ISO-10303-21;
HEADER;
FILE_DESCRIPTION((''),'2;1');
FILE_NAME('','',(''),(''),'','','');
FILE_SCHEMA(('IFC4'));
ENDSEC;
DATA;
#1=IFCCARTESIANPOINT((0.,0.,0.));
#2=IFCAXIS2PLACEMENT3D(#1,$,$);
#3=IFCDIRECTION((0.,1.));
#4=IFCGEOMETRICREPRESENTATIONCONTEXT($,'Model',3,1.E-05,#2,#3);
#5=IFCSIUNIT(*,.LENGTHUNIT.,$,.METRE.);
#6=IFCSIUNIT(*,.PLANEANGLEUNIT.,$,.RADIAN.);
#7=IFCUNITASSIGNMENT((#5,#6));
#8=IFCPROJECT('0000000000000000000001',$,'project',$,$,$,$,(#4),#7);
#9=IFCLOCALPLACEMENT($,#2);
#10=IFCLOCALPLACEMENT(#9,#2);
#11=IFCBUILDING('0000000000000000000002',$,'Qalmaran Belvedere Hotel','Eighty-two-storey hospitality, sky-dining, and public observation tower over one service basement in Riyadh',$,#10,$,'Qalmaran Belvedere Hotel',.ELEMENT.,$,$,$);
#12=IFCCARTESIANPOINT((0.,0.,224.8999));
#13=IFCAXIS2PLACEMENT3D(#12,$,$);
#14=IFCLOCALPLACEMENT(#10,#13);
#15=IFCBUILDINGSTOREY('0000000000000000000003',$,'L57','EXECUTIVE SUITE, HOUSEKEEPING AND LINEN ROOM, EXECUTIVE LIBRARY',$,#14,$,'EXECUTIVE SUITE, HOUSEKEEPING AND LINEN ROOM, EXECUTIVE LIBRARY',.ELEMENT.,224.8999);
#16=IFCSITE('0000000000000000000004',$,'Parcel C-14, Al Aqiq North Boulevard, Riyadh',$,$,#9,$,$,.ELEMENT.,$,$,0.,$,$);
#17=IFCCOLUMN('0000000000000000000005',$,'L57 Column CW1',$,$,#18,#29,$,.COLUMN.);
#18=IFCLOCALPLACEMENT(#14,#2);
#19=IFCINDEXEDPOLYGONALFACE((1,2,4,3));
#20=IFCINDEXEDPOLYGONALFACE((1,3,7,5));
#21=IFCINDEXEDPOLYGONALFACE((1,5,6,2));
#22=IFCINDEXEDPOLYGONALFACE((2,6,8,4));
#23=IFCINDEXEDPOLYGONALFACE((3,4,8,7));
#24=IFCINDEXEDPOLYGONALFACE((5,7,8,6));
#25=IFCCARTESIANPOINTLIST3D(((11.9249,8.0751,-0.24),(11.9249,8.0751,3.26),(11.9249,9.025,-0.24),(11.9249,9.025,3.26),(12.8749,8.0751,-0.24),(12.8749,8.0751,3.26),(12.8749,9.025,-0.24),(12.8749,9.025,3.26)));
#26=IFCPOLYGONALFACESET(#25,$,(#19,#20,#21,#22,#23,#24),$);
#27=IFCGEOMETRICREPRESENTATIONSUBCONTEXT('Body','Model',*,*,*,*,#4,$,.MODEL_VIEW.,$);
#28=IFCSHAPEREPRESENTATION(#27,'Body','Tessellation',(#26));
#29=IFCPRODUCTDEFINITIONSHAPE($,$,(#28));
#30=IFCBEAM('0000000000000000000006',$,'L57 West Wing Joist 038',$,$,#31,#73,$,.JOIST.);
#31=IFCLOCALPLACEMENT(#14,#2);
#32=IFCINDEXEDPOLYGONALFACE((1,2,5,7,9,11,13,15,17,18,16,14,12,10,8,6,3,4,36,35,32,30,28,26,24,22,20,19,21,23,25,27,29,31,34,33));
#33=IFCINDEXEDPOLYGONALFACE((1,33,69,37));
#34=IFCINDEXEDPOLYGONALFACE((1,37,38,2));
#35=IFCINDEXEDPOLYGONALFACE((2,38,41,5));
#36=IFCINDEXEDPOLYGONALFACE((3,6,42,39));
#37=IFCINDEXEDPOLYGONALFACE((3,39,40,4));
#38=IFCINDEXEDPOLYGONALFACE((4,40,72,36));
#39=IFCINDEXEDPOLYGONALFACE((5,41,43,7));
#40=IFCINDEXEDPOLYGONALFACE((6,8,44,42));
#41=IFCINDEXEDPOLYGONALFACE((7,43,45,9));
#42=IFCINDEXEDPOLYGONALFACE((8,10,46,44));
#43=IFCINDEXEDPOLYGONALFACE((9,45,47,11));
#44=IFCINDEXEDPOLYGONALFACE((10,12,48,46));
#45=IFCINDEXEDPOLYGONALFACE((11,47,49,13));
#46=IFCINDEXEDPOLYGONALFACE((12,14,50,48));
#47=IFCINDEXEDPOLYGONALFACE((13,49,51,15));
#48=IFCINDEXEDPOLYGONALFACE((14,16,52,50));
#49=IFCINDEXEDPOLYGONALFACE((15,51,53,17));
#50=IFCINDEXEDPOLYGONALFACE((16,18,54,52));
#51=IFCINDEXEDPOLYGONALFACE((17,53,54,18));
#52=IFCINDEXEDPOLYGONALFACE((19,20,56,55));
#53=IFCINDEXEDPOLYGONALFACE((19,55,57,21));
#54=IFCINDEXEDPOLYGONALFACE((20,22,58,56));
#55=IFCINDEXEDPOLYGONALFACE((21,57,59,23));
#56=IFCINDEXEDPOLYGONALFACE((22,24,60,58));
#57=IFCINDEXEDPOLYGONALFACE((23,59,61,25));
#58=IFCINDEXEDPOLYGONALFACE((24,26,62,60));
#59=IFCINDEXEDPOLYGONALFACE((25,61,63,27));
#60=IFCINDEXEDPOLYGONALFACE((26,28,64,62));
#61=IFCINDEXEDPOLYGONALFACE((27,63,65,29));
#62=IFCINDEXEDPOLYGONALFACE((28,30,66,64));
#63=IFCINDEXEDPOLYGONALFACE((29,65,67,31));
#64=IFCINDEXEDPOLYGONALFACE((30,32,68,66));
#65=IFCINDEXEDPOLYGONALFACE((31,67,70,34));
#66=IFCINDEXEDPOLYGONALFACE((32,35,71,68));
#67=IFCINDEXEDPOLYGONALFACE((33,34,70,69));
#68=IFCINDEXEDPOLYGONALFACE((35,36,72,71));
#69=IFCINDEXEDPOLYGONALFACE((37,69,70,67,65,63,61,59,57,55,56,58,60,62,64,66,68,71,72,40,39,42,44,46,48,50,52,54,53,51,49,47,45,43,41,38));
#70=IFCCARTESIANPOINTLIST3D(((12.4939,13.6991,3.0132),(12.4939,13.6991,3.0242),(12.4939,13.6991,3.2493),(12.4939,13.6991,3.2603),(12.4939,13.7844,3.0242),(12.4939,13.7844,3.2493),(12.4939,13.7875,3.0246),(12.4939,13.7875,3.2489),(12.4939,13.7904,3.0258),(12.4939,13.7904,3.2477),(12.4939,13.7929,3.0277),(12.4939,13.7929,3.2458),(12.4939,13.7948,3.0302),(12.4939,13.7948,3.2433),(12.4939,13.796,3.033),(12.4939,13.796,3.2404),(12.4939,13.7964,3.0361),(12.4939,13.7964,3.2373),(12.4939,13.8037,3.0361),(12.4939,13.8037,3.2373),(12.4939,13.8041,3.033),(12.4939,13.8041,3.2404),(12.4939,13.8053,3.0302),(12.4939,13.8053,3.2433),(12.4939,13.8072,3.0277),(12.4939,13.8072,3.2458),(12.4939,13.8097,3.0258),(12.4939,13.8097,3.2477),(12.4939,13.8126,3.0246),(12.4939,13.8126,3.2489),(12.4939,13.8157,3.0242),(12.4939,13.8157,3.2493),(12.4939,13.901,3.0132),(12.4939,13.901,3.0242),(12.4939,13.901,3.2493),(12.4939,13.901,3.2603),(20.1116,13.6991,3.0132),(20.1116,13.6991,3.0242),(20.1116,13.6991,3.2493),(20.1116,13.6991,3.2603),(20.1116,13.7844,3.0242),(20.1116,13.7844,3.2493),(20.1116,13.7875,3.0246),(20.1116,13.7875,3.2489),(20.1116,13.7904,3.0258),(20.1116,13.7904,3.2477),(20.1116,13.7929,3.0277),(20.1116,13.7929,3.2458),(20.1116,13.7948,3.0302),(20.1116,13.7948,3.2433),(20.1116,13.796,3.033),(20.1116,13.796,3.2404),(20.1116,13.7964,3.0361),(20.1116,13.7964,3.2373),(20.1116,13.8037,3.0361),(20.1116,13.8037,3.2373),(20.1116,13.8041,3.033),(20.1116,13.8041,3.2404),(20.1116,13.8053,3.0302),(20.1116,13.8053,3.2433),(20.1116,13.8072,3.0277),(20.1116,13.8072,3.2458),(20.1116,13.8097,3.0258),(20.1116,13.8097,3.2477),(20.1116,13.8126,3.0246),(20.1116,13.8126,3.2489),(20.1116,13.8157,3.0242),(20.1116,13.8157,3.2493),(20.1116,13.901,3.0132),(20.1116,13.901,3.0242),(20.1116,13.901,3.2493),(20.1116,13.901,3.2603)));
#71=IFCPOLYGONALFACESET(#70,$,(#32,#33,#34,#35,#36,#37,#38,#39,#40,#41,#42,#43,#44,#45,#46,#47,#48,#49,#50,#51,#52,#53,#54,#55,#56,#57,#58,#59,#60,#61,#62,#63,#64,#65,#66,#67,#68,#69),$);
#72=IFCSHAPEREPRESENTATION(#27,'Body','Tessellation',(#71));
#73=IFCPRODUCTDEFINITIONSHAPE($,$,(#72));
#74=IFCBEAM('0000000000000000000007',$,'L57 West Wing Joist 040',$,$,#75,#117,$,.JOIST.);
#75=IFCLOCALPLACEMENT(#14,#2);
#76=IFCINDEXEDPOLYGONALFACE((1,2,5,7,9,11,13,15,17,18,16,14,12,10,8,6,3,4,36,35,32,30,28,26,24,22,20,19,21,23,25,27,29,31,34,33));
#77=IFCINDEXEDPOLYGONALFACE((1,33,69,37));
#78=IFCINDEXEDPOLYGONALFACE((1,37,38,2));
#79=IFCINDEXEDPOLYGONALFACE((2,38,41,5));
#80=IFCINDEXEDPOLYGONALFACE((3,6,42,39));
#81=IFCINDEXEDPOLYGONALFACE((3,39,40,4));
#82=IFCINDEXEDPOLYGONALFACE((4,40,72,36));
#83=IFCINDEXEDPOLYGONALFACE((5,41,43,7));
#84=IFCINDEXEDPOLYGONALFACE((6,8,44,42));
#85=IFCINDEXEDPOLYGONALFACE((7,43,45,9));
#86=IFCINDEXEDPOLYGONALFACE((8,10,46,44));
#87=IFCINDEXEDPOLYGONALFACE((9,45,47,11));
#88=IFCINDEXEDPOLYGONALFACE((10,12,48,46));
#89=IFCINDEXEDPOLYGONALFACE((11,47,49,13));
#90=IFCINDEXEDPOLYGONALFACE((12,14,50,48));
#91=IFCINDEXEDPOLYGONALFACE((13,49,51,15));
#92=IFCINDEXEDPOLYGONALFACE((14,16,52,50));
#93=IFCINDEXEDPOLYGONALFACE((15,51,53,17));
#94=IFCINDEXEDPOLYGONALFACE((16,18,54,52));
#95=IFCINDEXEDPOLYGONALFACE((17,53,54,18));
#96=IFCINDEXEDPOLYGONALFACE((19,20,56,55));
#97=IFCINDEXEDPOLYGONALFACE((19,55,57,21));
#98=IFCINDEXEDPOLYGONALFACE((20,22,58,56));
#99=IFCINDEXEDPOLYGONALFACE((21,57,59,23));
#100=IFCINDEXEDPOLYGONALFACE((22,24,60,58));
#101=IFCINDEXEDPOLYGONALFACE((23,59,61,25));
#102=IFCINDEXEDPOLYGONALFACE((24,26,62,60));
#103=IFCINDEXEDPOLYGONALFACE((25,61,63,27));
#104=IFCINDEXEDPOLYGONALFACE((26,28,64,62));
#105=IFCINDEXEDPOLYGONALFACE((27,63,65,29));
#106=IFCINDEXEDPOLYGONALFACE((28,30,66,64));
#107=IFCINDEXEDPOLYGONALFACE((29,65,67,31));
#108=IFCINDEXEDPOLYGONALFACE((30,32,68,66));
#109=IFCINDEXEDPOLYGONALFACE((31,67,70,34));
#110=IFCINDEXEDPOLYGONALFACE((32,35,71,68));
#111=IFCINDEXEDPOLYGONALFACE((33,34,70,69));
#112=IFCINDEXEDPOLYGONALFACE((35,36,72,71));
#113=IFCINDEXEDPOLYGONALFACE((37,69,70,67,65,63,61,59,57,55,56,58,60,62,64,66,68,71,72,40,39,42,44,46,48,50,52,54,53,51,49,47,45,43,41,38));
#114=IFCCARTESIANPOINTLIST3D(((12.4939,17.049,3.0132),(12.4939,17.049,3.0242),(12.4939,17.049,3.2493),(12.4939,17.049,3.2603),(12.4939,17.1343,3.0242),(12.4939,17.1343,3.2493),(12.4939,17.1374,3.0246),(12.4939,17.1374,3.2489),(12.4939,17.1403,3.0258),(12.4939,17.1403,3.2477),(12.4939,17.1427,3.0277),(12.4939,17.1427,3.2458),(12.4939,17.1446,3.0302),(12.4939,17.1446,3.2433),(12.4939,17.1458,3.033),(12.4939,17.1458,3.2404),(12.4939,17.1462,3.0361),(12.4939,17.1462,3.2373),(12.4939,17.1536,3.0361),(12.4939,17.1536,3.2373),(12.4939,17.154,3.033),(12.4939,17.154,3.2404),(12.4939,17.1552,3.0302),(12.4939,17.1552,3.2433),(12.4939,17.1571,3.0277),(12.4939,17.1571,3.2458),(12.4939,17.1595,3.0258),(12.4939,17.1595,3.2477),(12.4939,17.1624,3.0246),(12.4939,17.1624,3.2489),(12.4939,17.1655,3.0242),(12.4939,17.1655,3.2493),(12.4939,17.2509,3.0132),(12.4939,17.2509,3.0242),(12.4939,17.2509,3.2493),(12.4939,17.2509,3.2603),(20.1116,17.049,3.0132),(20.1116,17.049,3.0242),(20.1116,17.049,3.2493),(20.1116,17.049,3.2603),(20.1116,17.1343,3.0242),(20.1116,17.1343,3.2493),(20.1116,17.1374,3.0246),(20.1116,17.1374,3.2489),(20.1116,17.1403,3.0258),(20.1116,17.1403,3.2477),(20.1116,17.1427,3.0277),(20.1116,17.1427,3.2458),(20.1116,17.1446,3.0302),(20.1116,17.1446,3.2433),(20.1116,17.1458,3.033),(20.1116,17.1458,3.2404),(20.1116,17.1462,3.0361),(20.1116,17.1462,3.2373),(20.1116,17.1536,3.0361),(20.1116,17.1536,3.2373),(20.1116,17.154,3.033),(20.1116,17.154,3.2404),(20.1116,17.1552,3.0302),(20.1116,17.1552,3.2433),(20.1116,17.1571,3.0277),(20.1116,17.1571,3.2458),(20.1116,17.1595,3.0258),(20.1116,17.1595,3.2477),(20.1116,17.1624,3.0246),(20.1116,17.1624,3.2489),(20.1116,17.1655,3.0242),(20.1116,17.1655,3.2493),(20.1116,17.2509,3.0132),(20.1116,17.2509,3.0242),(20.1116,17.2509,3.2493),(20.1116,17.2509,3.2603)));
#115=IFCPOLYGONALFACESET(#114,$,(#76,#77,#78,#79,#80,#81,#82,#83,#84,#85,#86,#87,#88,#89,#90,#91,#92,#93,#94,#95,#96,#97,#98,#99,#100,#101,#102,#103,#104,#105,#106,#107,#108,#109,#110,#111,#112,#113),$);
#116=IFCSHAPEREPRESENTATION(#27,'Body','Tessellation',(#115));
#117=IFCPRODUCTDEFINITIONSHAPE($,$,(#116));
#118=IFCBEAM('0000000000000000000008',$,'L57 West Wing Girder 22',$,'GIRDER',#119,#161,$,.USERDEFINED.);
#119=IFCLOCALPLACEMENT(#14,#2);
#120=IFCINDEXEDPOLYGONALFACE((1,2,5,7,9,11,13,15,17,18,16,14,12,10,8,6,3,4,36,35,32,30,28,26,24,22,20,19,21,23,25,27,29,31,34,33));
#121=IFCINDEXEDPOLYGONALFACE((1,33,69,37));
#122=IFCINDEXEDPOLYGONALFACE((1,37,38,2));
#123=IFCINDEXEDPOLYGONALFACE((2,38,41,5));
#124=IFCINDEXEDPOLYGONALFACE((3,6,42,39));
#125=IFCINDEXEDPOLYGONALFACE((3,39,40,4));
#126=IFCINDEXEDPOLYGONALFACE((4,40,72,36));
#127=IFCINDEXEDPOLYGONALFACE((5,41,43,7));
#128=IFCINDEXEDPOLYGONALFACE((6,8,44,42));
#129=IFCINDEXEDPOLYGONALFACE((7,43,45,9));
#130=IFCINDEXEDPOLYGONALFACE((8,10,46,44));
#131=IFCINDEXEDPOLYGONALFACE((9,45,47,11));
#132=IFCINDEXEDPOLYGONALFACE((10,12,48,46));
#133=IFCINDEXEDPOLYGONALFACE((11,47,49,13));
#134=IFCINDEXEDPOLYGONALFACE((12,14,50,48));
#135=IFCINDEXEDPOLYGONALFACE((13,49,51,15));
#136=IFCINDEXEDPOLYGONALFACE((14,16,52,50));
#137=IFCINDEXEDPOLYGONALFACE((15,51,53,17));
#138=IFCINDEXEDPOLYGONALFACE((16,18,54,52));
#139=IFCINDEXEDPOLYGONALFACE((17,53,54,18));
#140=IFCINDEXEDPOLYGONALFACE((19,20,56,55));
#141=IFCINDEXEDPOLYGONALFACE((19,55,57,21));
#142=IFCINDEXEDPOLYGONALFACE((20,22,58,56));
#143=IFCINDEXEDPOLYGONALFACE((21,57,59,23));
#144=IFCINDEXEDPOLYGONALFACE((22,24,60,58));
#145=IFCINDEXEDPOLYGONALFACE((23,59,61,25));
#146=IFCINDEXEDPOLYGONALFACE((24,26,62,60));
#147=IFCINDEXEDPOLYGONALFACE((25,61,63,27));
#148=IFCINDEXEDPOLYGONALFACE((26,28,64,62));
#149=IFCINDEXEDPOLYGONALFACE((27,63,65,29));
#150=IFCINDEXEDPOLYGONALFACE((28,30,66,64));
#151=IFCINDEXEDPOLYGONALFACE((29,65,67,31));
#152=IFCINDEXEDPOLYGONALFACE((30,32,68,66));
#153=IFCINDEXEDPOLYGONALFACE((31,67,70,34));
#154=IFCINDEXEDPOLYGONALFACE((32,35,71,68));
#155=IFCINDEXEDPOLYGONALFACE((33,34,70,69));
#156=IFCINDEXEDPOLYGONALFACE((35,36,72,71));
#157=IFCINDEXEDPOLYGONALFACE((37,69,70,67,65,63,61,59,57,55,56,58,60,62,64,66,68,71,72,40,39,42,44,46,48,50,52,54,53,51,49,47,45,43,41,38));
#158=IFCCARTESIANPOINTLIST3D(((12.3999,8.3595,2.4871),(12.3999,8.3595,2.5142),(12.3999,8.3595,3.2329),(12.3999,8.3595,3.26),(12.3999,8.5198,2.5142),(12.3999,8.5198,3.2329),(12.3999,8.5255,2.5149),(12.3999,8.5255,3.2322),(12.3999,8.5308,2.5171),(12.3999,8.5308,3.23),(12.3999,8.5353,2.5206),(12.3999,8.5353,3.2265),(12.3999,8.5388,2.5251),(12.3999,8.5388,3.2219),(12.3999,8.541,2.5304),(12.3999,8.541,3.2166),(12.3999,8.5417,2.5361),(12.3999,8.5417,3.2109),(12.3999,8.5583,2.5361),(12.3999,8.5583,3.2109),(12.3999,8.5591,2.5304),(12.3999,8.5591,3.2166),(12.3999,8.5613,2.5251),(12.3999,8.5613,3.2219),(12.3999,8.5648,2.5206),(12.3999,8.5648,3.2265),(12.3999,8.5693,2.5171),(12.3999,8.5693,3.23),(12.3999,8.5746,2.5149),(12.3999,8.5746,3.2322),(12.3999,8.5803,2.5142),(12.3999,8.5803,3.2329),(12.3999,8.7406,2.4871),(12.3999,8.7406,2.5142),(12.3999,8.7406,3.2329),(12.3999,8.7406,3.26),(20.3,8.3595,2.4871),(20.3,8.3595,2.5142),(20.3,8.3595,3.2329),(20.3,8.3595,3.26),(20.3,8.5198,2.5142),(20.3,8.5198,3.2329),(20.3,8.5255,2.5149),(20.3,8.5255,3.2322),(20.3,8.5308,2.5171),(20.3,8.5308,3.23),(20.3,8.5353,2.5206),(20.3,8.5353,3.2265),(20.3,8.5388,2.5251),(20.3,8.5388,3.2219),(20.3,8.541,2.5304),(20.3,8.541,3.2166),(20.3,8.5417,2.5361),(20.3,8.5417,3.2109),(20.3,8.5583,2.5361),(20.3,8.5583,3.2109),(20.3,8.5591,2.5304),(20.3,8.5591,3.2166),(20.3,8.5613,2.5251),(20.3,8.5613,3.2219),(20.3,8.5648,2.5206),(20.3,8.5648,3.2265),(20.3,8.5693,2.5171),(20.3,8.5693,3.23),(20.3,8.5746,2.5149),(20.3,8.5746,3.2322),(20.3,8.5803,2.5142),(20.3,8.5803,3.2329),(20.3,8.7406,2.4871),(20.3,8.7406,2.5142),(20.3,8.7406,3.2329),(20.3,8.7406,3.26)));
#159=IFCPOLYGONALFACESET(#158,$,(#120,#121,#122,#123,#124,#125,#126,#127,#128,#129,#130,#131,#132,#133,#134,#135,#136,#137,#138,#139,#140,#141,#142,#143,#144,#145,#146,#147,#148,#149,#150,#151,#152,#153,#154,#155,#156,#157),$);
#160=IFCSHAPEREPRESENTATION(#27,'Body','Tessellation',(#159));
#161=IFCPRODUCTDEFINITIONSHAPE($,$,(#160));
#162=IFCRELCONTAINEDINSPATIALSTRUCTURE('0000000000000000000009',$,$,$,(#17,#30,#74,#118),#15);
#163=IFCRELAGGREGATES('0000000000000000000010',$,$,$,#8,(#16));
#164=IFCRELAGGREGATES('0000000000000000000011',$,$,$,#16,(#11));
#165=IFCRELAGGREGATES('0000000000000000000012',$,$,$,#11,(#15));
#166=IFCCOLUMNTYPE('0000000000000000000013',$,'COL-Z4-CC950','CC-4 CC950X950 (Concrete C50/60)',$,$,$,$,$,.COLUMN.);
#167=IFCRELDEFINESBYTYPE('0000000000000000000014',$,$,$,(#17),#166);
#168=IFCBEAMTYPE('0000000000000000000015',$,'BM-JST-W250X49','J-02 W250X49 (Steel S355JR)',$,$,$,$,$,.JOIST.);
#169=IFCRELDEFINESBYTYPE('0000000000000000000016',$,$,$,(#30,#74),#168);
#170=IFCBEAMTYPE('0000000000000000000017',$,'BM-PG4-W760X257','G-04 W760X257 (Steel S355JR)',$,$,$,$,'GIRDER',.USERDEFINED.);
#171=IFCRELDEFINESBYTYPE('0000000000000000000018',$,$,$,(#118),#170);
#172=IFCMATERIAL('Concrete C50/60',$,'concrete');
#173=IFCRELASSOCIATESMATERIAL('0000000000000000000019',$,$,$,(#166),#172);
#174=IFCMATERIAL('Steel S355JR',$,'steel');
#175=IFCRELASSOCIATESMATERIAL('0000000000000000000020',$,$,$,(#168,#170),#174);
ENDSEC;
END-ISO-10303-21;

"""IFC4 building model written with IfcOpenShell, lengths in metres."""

from ifc_helpers import new_model, si_unit, direction, frame, origin, origin_2d, place, context, subcontext, project, spatial, rectangle, i_section, extrude, material, material_profile, profile_set, type_object, element, save


model = new_model("IFC4")

# Units and contexts
model_context = context("Model", 3, precision=1e-05, world=origin(), true_north=direction((0.0, 1.0)))
body_context = subcontext(model_context, "Body", "Model", "MODEL_VIEW")
ifc_project = project(units=[si_unit("LENGTHUNIT", "METRE"), si_unit("PLANEANGLEUNIT", "RADIAN")], contexts=[model_context])

# Site, building, storey
site_placement = place(None, origin())
site = spatial("IfcSite", under=ifc_project, at=site_placement, Name="Parcel C-14, Al Aqiq North Boulevard, Riyadh", CompositionType="ELEMENT", RefElevation=0.0)
building_placement = place(site_placement, origin())
building = spatial("IfcBuilding", under=site, at=building_placement, Name="Qalmaran Belvedere Hotel", Description="Eighty-two-storey hospitality, sky-dining, and public observation tower over one service basement in Riyadh", LongName="Qalmaran Belvedere Hotel", CompositionType="ELEMENT")
storey_placement = place(building_placement, frame((0.0, 0.0, 224.8999)))
storey = spatial("IfcBuildingStorey", under=building, at=storey_placement, Name="L57", Description="EXECUTIVE SUITE, HOUSEKEEPING AND LINEN ROOM, EXECUTIVE LIBRARY", LongName="EXECUTIVE SUITE, HOUSEKEEPING AND LINEN ROOM, EXECUTIVE LIBRARY", CompositionType="ELEMENT", Elevation=224.8999)

# Column
ifc_material_1 = material(Name="Concrete C50/60", Category="concrete")
ifc_material_profile_1 = material_profile(ifc_material_1, rectangle(XDim=0.95, YDim=0.95, at=origin_2d()), Name="CC950X950")
ifc_profile_set_1 = profile_set([ifc_material_profile_1], Name="Concrete C50/60")
column_type = type_object("IfcColumnType", Name="COL-Z4-CC950", Description="CC-4 CC950X950 (Concrete C50/60)", PredefinedType="COLUMN", material=ifc_profile_set_1)
column_placement = place(storey_placement, frame((12.3999, 8.55, -0.24), z_axis=(0.0, 0.0, 1.0), x_axis=(1.0, 0.0, 0.0)))
element("IfcColumn", 1, at=column_placement, inside=storey, type_object=column_type, Name="L57 Column CW1", PredefinedType="COLUMN", context=body_context, shape_type="SweptSolid", body=[
    extrude(rectangle(XDim=0.95, YDim=0.95, at=origin_2d()), origin(), (0.0, 0.0, 1.0), 3.5),
])

# Beams
ifc_material_2 = material(Name="Steel S355JR", Category="steel")
ifc_material_profile_2 = material_profile(ifc_material_2, i_section(OverallWidth=0.2019, OverallDepth=0.2471, WebThickness=0.0073, FlangeThickness=0.011, FilletRadius=0.012, at=origin_2d()), Name="W250X49")
ifc_profile_set_2 = profile_set([ifc_material_profile_2], Name="Steel S355JR")
beam_type_1 = type_object("IfcBeamType", Name="BM-JST-W250X49", Description="J-02 W250X49 (Steel S355JR)", PredefinedType="JOIST", material=ifc_profile_set_2)
for number, where, z_axis, x_axis, name in (
    (2, (12.4939, 13.8, 3.1367), (1.0, 0.0, 0.0), (0.0, 1.0, 0.0), "L57 West Wing Joist 038"),
    (3, (12.4939, 17.1499, 3.1367), (1.0, 0.0, 0.0), (0.0, 1.0, 0.0), "L57 West Wing Joist 040"),
):
    element("IfcBeam", number, at=place(storey_placement, frame(where, z_axis=z_axis, x_axis=x_axis)), inside=storey, type_object=beam_type_1, Name=name, PredefinedType="JOIST", context=body_context, shape_type="SweptSolid", body=[
        extrude(i_section(OverallWidth=0.2019, OverallDepth=0.2471, WebThickness=0.0073, FlangeThickness=0.011, FilletRadius=0.012, at=origin_2d()), origin(), (0.0, 0.0, 1.0), 7.6177),
    ])
ifc_material_profile_3 = material_profile(ifc_material_2, i_section(OverallWidth=0.3811, OverallDepth=0.7729, WebThickness=0.0166, FlangeThickness=0.0271, FilletRadius=0.022, at=origin_2d()), Name="W760X257")
ifc_profile_set_3 = profile_set([ifc_material_profile_3], Name="Steel S355JR")
beam_type_2 = type_object("IfcBeamType", Name="BM-PG4-W760X257", Description="G-04 W760X257 (Steel S355JR)", ElementType="GIRDER", PredefinedType="USERDEFINED", material=ifc_profile_set_3)
beam_1_placement = place(storey_placement, frame((12.3999, 8.55, 2.8735), z_axis=(1.0, 0.0, 0.0), x_axis=(0.0, 1.0, 0.0)))
element("IfcBeam", 4, at=beam_1_placement, inside=storey, type_object=beam_type_2, Name="L57 West Wing Girder 22", ObjectType="GIRDER", PredefinedType="USERDEFINED", context=body_context, shape_type="SweptSolid", body=[
    extrude(i_section(OverallWidth=0.3811, OverallDepth=0.7729, WebThickness=0.0166, FlangeThickness=0.0271, FilletRadius=0.022, at=origin_2d()), origin(), (0.0, 0.0, 1.0), 7.9001),
])

save(model, "model.ifc")
